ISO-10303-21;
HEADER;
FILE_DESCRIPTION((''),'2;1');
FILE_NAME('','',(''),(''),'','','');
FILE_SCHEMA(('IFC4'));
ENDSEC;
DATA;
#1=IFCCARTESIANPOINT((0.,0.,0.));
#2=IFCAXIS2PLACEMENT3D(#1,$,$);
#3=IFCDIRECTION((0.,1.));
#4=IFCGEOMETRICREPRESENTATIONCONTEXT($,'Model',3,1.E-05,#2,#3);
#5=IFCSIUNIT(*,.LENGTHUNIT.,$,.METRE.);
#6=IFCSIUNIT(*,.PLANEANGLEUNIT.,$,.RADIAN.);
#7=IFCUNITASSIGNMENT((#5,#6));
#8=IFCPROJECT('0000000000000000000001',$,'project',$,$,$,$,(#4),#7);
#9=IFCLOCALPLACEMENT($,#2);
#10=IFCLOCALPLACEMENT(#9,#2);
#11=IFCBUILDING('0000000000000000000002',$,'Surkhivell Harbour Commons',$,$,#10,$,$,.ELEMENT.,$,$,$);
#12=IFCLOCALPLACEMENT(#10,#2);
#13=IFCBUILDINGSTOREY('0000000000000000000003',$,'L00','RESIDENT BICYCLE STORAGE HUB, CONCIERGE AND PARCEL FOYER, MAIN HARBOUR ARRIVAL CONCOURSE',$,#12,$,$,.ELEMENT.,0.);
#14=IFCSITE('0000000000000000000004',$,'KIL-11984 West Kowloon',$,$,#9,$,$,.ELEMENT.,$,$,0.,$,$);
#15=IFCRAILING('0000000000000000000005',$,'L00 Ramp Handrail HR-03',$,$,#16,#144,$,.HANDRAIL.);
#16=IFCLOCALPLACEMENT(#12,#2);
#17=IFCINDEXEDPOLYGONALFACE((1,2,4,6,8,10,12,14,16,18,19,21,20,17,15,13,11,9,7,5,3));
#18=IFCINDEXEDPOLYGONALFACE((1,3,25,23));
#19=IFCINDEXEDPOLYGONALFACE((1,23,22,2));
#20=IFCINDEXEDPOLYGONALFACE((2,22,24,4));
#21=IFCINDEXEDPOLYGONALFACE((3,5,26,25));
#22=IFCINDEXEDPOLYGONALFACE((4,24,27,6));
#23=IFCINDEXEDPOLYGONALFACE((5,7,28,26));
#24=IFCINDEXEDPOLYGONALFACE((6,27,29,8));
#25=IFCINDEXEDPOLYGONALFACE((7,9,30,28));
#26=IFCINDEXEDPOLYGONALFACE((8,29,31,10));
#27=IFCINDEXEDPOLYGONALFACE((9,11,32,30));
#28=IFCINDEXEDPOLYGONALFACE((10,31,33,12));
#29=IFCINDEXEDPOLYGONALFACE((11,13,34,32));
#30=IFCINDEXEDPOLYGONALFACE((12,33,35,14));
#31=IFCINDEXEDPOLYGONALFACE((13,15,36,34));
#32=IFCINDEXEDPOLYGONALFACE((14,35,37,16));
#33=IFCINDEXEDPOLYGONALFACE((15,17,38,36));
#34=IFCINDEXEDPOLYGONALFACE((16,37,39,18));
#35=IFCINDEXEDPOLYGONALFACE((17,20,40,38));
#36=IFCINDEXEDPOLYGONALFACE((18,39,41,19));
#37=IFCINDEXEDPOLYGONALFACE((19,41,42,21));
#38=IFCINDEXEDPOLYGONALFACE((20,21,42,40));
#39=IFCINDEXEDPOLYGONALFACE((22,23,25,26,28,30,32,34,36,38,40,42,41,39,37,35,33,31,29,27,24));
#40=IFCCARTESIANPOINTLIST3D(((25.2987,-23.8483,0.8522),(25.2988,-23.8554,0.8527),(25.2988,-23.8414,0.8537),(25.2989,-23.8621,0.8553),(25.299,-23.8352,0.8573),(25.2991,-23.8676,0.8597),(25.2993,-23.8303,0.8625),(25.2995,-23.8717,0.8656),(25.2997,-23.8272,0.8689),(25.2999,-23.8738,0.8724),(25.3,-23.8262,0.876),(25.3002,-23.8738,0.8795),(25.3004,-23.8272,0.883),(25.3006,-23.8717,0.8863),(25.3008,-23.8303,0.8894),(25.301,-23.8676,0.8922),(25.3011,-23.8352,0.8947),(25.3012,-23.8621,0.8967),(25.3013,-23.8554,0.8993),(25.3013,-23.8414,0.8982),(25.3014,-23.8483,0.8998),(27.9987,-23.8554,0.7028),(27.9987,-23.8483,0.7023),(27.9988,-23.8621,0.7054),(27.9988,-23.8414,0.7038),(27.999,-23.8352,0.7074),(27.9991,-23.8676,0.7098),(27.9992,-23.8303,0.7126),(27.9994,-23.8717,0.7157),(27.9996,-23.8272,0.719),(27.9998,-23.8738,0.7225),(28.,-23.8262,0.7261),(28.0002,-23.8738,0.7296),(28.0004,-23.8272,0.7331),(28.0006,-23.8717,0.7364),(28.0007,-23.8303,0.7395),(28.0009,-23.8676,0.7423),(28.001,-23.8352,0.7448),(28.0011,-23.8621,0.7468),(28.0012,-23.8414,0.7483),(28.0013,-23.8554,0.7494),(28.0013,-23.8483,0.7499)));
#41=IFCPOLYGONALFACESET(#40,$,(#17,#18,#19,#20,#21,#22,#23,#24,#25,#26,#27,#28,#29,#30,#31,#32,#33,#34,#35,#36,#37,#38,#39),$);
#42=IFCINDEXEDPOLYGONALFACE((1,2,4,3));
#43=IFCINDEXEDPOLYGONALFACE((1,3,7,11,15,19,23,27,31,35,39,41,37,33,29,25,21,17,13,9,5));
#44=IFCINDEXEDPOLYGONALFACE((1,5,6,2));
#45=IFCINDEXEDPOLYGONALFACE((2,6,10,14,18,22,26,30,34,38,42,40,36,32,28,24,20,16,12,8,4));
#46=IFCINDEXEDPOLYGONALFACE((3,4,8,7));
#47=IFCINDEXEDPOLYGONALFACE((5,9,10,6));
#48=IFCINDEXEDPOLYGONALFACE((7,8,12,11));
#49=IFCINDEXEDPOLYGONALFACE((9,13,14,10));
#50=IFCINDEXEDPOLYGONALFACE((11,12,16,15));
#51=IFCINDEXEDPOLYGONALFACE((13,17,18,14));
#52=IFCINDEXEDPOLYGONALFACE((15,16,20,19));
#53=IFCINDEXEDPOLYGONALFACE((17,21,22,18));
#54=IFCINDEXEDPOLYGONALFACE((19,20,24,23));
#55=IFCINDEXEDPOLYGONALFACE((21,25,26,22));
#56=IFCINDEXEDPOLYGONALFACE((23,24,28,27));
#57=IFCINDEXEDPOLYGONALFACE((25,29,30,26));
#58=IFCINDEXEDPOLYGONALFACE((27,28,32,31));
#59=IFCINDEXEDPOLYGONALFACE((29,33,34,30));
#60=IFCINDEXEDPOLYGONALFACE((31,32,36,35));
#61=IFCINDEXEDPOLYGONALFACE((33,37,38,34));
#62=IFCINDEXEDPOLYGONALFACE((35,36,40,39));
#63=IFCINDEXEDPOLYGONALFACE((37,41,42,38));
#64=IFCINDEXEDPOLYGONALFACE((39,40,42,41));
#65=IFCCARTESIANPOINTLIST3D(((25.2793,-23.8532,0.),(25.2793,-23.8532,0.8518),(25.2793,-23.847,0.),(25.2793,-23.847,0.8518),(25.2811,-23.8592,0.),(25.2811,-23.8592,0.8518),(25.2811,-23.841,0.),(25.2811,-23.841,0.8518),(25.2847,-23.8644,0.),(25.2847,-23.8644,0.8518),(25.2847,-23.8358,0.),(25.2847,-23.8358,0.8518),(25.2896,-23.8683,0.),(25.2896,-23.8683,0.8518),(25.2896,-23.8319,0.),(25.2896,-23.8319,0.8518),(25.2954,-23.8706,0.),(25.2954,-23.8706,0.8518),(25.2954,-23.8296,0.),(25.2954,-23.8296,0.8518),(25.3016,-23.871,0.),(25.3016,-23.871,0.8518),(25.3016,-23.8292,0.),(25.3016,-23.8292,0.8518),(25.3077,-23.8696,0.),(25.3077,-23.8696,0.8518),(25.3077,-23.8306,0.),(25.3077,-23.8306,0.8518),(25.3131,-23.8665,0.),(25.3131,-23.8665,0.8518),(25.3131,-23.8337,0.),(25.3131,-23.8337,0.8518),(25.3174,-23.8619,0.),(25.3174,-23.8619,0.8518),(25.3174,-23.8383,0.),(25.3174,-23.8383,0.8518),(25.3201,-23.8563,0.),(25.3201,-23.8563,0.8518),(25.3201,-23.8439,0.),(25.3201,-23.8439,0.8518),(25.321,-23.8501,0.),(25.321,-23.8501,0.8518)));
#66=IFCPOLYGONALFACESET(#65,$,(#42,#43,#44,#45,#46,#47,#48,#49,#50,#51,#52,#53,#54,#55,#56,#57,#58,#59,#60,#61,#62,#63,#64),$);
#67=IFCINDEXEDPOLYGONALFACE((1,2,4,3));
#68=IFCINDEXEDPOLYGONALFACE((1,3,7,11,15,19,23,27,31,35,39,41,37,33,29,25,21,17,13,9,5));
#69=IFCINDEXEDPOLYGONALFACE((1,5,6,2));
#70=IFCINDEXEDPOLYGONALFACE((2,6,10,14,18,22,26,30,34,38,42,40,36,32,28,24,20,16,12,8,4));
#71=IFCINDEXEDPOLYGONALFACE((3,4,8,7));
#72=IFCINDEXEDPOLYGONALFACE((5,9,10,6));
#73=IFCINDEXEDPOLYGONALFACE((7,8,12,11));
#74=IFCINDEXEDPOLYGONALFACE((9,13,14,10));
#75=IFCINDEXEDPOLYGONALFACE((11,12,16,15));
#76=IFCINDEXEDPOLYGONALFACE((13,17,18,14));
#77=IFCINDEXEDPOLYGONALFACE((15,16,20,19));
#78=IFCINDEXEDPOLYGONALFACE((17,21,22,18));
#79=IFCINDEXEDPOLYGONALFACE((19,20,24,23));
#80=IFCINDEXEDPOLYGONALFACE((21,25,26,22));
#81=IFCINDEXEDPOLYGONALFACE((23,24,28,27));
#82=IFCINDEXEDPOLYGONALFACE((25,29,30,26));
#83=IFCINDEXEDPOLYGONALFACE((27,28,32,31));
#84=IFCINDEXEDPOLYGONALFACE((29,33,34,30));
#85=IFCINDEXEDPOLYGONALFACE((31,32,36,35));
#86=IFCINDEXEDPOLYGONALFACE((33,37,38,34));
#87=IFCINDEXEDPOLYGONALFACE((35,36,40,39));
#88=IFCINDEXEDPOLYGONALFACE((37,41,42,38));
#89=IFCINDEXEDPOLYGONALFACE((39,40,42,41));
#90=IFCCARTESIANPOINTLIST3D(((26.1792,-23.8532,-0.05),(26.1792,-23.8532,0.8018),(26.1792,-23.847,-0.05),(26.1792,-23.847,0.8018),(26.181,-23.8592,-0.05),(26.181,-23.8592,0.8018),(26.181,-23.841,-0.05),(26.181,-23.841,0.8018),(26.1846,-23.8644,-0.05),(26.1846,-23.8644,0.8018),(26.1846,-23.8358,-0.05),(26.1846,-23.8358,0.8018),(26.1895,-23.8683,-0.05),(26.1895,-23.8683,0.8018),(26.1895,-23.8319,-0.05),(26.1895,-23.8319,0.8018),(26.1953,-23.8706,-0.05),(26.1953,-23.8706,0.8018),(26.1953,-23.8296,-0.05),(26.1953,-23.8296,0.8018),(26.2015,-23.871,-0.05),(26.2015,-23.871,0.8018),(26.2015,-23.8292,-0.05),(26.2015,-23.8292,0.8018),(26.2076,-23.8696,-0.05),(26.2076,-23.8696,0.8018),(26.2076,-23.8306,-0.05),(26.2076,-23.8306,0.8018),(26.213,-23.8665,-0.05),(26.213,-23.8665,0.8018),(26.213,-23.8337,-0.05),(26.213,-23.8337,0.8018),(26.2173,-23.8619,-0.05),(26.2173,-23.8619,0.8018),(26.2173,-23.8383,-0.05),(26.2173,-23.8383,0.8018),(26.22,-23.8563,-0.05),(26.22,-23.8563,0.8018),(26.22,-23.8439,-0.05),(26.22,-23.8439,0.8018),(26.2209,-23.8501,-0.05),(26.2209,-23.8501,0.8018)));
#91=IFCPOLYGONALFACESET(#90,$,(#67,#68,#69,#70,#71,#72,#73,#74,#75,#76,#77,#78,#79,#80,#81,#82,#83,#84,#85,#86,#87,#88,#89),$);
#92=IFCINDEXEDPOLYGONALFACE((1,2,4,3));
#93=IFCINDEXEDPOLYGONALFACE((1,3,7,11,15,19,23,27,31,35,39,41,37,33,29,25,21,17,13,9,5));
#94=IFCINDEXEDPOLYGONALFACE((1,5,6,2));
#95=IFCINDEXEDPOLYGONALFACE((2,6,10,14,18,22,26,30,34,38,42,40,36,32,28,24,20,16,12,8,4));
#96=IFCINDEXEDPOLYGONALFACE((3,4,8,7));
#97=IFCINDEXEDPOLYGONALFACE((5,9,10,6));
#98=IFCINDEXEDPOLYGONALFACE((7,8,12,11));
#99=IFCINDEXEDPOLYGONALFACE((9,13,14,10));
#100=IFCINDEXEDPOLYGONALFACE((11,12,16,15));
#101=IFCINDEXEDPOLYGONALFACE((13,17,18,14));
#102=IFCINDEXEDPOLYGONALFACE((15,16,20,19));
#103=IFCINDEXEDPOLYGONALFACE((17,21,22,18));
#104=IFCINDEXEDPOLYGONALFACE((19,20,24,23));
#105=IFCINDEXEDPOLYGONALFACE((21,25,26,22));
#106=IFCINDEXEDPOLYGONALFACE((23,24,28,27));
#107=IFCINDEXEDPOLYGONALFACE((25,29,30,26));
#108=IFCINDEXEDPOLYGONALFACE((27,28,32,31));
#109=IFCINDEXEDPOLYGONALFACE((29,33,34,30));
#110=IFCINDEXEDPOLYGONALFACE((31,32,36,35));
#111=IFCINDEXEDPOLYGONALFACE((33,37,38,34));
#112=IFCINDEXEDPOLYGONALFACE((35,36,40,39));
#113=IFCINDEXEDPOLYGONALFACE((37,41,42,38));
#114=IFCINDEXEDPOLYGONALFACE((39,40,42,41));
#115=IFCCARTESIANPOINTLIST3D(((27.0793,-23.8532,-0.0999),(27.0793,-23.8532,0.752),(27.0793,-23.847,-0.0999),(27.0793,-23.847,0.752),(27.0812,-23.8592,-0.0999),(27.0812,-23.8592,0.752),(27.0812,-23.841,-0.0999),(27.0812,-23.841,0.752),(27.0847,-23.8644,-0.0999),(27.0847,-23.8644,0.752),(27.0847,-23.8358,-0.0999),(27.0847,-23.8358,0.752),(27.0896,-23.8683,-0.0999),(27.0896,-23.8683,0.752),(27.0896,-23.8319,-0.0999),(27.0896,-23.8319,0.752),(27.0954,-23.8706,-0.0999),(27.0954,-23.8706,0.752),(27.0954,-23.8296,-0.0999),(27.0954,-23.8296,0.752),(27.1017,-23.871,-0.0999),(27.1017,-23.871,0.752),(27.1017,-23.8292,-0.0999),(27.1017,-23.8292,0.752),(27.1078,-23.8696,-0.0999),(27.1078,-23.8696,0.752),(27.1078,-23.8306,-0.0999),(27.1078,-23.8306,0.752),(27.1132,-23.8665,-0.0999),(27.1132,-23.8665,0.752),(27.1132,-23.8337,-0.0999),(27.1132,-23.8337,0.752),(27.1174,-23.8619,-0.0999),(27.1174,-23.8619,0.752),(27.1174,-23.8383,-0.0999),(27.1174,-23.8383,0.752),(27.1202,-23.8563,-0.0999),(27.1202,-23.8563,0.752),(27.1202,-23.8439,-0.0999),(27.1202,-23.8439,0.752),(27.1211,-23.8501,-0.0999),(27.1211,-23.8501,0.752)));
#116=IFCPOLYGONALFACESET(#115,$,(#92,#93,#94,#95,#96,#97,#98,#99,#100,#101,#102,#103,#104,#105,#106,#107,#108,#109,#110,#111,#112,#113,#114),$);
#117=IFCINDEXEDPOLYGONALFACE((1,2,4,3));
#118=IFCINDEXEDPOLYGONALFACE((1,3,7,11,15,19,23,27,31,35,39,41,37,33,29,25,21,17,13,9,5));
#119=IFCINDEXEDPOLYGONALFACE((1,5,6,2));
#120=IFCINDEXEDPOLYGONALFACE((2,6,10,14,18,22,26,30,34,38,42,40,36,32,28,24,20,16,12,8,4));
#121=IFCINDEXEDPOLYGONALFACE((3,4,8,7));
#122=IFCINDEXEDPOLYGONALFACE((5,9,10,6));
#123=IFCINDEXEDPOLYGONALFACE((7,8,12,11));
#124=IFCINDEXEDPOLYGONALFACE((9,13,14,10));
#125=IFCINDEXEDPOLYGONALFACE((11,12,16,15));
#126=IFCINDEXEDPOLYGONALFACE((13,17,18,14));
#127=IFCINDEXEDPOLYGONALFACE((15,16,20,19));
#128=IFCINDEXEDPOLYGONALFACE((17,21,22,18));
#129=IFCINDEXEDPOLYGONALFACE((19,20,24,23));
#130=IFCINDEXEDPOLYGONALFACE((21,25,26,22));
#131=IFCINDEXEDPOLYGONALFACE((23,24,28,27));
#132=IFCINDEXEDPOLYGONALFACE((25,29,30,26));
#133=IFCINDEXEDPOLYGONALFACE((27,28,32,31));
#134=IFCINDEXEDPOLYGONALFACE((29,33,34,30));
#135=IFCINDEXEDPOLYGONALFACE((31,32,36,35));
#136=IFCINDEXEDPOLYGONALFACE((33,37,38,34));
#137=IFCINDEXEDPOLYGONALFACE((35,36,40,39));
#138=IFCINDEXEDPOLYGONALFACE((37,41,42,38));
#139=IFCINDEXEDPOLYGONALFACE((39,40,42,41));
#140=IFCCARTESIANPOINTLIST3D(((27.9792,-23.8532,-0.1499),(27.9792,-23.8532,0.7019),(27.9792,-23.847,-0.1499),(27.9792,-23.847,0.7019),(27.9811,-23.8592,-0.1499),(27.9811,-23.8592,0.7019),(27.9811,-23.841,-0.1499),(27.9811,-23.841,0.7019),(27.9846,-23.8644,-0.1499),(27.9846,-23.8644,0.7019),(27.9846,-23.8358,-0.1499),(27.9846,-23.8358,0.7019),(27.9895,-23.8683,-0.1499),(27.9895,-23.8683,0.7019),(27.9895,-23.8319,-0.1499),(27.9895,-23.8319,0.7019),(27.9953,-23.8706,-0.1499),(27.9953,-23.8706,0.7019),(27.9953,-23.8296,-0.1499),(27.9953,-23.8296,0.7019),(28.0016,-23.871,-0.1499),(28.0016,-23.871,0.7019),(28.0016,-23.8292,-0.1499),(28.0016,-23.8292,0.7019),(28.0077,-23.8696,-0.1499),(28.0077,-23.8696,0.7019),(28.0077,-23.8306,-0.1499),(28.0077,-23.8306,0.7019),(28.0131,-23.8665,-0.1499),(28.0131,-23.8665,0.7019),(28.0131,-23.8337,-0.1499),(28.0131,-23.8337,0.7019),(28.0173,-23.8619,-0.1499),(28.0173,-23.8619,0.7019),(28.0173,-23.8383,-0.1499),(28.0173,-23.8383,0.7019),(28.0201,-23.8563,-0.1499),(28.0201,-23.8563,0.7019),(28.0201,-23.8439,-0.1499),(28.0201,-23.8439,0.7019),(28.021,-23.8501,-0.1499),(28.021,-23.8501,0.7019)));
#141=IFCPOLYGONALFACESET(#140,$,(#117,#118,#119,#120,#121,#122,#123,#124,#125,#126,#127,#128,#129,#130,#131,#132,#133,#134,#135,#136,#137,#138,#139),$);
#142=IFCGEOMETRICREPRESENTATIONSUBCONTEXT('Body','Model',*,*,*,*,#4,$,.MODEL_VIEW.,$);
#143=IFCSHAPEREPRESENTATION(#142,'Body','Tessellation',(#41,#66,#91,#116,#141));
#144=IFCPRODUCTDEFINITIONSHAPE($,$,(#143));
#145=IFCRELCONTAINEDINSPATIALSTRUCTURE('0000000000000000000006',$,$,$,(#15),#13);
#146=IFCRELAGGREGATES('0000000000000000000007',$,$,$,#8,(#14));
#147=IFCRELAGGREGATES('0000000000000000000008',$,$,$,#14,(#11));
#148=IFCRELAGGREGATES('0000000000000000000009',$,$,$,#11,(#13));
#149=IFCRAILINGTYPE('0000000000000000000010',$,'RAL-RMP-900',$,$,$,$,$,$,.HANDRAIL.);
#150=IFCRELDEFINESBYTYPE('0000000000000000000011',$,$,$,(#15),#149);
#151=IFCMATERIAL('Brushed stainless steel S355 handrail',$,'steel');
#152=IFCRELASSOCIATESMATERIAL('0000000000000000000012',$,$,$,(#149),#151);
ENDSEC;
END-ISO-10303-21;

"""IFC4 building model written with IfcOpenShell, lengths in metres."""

from ifc_helpers import new_model, si_unit, direction, frame, origin, origin_2d, place, context, subcontext, project, spatial, circle, extrude, material, type_object, element, save


model = new_model("IFC4")

# Units and contexts
model_context = context("Model", 3, precision=1e-05, world=origin(), true_north=direction((0.0, 1.0)))
body_context = subcontext(model_context, "Body", "Model", "MODEL_VIEW")
ifc_project = project(units=[si_unit("LENGTHUNIT", "METRE"), si_unit("PLANEANGLEUNIT", "RADIAN")], contexts=[model_context])

# Site, building, storey
site_placement = place(None, origin())
site = spatial("IfcSite", under=ifc_project, at=site_placement, Name="KIL-11984 West Kowloon", CompositionType="ELEMENT", RefElevation=0.0)
building_placement = place(site_placement, origin())
building = spatial("IfcBuilding", under=site, at=building_placement, Name="Surkhivell Harbour Commons", CompositionType="ELEMENT")
storey_placement = place(building_placement, origin())
storey = spatial("IfcBuildingStorey", under=building, at=storey_placement, Name="L00", Description="RESIDENT BICYCLE STORAGE HUB, CONCIERGE AND PARCEL FOYER, MAIN HARBOUR ARRIVAL CONCOURSE", CompositionType="ELEMENT", Elevation=0.0)

# Railing
ifc_material_1 = material(Name="Brushed stainless steel S355 handrail", Category="steel")
railing_type_1 = type_object("IfcRailingType", Name="RAL-RMP-900", PredefinedType="HANDRAIL", material=ifc_material_1)
railing_1_placement = place(storey_placement, frame((25.3, -23.8501, 0.0)))
element("IfcRailing", 1, at=railing_1_placement, inside=storey, type_object=railing_type_1, Name="L00 Ramp Handrail HR-03", PredefinedType="HANDRAIL", context=body_context, shape_type="SweptSolid", body=[
    extrude(circle(Radius=0.0239, at=origin_2d()), frame((0.0, 0.0, 0.876), z_axis=(0.998462, 0.0, -0.055435), x_axis=(0.0, 1.0, 0.0)), (0.0, 0.0, 1.0), 2.7041),
    extrude(circle(Radius=0.021, at=origin_2d()), origin(), (0.0, 0.0, 1.0), 0.8518),
    extrude(circle(Radius=0.021, at=origin_2d()), frame((0.8999, 0.0, -0.05)), (0.0, 0.0, 1.0), 0.8518),
    extrude(circle(Radius=0.021, at=origin_2d()), frame((1.8, 0.0, -0.0999)), (0.0, 0.0, 1.0), 0.8518),
    extrude(circle(Radius=0.021, at=origin_2d()), frame((2.7, 0.0, -0.1499)), (0.0, 0.0, 1.0), 0.8518),
])

save(model, "model.ifc")
